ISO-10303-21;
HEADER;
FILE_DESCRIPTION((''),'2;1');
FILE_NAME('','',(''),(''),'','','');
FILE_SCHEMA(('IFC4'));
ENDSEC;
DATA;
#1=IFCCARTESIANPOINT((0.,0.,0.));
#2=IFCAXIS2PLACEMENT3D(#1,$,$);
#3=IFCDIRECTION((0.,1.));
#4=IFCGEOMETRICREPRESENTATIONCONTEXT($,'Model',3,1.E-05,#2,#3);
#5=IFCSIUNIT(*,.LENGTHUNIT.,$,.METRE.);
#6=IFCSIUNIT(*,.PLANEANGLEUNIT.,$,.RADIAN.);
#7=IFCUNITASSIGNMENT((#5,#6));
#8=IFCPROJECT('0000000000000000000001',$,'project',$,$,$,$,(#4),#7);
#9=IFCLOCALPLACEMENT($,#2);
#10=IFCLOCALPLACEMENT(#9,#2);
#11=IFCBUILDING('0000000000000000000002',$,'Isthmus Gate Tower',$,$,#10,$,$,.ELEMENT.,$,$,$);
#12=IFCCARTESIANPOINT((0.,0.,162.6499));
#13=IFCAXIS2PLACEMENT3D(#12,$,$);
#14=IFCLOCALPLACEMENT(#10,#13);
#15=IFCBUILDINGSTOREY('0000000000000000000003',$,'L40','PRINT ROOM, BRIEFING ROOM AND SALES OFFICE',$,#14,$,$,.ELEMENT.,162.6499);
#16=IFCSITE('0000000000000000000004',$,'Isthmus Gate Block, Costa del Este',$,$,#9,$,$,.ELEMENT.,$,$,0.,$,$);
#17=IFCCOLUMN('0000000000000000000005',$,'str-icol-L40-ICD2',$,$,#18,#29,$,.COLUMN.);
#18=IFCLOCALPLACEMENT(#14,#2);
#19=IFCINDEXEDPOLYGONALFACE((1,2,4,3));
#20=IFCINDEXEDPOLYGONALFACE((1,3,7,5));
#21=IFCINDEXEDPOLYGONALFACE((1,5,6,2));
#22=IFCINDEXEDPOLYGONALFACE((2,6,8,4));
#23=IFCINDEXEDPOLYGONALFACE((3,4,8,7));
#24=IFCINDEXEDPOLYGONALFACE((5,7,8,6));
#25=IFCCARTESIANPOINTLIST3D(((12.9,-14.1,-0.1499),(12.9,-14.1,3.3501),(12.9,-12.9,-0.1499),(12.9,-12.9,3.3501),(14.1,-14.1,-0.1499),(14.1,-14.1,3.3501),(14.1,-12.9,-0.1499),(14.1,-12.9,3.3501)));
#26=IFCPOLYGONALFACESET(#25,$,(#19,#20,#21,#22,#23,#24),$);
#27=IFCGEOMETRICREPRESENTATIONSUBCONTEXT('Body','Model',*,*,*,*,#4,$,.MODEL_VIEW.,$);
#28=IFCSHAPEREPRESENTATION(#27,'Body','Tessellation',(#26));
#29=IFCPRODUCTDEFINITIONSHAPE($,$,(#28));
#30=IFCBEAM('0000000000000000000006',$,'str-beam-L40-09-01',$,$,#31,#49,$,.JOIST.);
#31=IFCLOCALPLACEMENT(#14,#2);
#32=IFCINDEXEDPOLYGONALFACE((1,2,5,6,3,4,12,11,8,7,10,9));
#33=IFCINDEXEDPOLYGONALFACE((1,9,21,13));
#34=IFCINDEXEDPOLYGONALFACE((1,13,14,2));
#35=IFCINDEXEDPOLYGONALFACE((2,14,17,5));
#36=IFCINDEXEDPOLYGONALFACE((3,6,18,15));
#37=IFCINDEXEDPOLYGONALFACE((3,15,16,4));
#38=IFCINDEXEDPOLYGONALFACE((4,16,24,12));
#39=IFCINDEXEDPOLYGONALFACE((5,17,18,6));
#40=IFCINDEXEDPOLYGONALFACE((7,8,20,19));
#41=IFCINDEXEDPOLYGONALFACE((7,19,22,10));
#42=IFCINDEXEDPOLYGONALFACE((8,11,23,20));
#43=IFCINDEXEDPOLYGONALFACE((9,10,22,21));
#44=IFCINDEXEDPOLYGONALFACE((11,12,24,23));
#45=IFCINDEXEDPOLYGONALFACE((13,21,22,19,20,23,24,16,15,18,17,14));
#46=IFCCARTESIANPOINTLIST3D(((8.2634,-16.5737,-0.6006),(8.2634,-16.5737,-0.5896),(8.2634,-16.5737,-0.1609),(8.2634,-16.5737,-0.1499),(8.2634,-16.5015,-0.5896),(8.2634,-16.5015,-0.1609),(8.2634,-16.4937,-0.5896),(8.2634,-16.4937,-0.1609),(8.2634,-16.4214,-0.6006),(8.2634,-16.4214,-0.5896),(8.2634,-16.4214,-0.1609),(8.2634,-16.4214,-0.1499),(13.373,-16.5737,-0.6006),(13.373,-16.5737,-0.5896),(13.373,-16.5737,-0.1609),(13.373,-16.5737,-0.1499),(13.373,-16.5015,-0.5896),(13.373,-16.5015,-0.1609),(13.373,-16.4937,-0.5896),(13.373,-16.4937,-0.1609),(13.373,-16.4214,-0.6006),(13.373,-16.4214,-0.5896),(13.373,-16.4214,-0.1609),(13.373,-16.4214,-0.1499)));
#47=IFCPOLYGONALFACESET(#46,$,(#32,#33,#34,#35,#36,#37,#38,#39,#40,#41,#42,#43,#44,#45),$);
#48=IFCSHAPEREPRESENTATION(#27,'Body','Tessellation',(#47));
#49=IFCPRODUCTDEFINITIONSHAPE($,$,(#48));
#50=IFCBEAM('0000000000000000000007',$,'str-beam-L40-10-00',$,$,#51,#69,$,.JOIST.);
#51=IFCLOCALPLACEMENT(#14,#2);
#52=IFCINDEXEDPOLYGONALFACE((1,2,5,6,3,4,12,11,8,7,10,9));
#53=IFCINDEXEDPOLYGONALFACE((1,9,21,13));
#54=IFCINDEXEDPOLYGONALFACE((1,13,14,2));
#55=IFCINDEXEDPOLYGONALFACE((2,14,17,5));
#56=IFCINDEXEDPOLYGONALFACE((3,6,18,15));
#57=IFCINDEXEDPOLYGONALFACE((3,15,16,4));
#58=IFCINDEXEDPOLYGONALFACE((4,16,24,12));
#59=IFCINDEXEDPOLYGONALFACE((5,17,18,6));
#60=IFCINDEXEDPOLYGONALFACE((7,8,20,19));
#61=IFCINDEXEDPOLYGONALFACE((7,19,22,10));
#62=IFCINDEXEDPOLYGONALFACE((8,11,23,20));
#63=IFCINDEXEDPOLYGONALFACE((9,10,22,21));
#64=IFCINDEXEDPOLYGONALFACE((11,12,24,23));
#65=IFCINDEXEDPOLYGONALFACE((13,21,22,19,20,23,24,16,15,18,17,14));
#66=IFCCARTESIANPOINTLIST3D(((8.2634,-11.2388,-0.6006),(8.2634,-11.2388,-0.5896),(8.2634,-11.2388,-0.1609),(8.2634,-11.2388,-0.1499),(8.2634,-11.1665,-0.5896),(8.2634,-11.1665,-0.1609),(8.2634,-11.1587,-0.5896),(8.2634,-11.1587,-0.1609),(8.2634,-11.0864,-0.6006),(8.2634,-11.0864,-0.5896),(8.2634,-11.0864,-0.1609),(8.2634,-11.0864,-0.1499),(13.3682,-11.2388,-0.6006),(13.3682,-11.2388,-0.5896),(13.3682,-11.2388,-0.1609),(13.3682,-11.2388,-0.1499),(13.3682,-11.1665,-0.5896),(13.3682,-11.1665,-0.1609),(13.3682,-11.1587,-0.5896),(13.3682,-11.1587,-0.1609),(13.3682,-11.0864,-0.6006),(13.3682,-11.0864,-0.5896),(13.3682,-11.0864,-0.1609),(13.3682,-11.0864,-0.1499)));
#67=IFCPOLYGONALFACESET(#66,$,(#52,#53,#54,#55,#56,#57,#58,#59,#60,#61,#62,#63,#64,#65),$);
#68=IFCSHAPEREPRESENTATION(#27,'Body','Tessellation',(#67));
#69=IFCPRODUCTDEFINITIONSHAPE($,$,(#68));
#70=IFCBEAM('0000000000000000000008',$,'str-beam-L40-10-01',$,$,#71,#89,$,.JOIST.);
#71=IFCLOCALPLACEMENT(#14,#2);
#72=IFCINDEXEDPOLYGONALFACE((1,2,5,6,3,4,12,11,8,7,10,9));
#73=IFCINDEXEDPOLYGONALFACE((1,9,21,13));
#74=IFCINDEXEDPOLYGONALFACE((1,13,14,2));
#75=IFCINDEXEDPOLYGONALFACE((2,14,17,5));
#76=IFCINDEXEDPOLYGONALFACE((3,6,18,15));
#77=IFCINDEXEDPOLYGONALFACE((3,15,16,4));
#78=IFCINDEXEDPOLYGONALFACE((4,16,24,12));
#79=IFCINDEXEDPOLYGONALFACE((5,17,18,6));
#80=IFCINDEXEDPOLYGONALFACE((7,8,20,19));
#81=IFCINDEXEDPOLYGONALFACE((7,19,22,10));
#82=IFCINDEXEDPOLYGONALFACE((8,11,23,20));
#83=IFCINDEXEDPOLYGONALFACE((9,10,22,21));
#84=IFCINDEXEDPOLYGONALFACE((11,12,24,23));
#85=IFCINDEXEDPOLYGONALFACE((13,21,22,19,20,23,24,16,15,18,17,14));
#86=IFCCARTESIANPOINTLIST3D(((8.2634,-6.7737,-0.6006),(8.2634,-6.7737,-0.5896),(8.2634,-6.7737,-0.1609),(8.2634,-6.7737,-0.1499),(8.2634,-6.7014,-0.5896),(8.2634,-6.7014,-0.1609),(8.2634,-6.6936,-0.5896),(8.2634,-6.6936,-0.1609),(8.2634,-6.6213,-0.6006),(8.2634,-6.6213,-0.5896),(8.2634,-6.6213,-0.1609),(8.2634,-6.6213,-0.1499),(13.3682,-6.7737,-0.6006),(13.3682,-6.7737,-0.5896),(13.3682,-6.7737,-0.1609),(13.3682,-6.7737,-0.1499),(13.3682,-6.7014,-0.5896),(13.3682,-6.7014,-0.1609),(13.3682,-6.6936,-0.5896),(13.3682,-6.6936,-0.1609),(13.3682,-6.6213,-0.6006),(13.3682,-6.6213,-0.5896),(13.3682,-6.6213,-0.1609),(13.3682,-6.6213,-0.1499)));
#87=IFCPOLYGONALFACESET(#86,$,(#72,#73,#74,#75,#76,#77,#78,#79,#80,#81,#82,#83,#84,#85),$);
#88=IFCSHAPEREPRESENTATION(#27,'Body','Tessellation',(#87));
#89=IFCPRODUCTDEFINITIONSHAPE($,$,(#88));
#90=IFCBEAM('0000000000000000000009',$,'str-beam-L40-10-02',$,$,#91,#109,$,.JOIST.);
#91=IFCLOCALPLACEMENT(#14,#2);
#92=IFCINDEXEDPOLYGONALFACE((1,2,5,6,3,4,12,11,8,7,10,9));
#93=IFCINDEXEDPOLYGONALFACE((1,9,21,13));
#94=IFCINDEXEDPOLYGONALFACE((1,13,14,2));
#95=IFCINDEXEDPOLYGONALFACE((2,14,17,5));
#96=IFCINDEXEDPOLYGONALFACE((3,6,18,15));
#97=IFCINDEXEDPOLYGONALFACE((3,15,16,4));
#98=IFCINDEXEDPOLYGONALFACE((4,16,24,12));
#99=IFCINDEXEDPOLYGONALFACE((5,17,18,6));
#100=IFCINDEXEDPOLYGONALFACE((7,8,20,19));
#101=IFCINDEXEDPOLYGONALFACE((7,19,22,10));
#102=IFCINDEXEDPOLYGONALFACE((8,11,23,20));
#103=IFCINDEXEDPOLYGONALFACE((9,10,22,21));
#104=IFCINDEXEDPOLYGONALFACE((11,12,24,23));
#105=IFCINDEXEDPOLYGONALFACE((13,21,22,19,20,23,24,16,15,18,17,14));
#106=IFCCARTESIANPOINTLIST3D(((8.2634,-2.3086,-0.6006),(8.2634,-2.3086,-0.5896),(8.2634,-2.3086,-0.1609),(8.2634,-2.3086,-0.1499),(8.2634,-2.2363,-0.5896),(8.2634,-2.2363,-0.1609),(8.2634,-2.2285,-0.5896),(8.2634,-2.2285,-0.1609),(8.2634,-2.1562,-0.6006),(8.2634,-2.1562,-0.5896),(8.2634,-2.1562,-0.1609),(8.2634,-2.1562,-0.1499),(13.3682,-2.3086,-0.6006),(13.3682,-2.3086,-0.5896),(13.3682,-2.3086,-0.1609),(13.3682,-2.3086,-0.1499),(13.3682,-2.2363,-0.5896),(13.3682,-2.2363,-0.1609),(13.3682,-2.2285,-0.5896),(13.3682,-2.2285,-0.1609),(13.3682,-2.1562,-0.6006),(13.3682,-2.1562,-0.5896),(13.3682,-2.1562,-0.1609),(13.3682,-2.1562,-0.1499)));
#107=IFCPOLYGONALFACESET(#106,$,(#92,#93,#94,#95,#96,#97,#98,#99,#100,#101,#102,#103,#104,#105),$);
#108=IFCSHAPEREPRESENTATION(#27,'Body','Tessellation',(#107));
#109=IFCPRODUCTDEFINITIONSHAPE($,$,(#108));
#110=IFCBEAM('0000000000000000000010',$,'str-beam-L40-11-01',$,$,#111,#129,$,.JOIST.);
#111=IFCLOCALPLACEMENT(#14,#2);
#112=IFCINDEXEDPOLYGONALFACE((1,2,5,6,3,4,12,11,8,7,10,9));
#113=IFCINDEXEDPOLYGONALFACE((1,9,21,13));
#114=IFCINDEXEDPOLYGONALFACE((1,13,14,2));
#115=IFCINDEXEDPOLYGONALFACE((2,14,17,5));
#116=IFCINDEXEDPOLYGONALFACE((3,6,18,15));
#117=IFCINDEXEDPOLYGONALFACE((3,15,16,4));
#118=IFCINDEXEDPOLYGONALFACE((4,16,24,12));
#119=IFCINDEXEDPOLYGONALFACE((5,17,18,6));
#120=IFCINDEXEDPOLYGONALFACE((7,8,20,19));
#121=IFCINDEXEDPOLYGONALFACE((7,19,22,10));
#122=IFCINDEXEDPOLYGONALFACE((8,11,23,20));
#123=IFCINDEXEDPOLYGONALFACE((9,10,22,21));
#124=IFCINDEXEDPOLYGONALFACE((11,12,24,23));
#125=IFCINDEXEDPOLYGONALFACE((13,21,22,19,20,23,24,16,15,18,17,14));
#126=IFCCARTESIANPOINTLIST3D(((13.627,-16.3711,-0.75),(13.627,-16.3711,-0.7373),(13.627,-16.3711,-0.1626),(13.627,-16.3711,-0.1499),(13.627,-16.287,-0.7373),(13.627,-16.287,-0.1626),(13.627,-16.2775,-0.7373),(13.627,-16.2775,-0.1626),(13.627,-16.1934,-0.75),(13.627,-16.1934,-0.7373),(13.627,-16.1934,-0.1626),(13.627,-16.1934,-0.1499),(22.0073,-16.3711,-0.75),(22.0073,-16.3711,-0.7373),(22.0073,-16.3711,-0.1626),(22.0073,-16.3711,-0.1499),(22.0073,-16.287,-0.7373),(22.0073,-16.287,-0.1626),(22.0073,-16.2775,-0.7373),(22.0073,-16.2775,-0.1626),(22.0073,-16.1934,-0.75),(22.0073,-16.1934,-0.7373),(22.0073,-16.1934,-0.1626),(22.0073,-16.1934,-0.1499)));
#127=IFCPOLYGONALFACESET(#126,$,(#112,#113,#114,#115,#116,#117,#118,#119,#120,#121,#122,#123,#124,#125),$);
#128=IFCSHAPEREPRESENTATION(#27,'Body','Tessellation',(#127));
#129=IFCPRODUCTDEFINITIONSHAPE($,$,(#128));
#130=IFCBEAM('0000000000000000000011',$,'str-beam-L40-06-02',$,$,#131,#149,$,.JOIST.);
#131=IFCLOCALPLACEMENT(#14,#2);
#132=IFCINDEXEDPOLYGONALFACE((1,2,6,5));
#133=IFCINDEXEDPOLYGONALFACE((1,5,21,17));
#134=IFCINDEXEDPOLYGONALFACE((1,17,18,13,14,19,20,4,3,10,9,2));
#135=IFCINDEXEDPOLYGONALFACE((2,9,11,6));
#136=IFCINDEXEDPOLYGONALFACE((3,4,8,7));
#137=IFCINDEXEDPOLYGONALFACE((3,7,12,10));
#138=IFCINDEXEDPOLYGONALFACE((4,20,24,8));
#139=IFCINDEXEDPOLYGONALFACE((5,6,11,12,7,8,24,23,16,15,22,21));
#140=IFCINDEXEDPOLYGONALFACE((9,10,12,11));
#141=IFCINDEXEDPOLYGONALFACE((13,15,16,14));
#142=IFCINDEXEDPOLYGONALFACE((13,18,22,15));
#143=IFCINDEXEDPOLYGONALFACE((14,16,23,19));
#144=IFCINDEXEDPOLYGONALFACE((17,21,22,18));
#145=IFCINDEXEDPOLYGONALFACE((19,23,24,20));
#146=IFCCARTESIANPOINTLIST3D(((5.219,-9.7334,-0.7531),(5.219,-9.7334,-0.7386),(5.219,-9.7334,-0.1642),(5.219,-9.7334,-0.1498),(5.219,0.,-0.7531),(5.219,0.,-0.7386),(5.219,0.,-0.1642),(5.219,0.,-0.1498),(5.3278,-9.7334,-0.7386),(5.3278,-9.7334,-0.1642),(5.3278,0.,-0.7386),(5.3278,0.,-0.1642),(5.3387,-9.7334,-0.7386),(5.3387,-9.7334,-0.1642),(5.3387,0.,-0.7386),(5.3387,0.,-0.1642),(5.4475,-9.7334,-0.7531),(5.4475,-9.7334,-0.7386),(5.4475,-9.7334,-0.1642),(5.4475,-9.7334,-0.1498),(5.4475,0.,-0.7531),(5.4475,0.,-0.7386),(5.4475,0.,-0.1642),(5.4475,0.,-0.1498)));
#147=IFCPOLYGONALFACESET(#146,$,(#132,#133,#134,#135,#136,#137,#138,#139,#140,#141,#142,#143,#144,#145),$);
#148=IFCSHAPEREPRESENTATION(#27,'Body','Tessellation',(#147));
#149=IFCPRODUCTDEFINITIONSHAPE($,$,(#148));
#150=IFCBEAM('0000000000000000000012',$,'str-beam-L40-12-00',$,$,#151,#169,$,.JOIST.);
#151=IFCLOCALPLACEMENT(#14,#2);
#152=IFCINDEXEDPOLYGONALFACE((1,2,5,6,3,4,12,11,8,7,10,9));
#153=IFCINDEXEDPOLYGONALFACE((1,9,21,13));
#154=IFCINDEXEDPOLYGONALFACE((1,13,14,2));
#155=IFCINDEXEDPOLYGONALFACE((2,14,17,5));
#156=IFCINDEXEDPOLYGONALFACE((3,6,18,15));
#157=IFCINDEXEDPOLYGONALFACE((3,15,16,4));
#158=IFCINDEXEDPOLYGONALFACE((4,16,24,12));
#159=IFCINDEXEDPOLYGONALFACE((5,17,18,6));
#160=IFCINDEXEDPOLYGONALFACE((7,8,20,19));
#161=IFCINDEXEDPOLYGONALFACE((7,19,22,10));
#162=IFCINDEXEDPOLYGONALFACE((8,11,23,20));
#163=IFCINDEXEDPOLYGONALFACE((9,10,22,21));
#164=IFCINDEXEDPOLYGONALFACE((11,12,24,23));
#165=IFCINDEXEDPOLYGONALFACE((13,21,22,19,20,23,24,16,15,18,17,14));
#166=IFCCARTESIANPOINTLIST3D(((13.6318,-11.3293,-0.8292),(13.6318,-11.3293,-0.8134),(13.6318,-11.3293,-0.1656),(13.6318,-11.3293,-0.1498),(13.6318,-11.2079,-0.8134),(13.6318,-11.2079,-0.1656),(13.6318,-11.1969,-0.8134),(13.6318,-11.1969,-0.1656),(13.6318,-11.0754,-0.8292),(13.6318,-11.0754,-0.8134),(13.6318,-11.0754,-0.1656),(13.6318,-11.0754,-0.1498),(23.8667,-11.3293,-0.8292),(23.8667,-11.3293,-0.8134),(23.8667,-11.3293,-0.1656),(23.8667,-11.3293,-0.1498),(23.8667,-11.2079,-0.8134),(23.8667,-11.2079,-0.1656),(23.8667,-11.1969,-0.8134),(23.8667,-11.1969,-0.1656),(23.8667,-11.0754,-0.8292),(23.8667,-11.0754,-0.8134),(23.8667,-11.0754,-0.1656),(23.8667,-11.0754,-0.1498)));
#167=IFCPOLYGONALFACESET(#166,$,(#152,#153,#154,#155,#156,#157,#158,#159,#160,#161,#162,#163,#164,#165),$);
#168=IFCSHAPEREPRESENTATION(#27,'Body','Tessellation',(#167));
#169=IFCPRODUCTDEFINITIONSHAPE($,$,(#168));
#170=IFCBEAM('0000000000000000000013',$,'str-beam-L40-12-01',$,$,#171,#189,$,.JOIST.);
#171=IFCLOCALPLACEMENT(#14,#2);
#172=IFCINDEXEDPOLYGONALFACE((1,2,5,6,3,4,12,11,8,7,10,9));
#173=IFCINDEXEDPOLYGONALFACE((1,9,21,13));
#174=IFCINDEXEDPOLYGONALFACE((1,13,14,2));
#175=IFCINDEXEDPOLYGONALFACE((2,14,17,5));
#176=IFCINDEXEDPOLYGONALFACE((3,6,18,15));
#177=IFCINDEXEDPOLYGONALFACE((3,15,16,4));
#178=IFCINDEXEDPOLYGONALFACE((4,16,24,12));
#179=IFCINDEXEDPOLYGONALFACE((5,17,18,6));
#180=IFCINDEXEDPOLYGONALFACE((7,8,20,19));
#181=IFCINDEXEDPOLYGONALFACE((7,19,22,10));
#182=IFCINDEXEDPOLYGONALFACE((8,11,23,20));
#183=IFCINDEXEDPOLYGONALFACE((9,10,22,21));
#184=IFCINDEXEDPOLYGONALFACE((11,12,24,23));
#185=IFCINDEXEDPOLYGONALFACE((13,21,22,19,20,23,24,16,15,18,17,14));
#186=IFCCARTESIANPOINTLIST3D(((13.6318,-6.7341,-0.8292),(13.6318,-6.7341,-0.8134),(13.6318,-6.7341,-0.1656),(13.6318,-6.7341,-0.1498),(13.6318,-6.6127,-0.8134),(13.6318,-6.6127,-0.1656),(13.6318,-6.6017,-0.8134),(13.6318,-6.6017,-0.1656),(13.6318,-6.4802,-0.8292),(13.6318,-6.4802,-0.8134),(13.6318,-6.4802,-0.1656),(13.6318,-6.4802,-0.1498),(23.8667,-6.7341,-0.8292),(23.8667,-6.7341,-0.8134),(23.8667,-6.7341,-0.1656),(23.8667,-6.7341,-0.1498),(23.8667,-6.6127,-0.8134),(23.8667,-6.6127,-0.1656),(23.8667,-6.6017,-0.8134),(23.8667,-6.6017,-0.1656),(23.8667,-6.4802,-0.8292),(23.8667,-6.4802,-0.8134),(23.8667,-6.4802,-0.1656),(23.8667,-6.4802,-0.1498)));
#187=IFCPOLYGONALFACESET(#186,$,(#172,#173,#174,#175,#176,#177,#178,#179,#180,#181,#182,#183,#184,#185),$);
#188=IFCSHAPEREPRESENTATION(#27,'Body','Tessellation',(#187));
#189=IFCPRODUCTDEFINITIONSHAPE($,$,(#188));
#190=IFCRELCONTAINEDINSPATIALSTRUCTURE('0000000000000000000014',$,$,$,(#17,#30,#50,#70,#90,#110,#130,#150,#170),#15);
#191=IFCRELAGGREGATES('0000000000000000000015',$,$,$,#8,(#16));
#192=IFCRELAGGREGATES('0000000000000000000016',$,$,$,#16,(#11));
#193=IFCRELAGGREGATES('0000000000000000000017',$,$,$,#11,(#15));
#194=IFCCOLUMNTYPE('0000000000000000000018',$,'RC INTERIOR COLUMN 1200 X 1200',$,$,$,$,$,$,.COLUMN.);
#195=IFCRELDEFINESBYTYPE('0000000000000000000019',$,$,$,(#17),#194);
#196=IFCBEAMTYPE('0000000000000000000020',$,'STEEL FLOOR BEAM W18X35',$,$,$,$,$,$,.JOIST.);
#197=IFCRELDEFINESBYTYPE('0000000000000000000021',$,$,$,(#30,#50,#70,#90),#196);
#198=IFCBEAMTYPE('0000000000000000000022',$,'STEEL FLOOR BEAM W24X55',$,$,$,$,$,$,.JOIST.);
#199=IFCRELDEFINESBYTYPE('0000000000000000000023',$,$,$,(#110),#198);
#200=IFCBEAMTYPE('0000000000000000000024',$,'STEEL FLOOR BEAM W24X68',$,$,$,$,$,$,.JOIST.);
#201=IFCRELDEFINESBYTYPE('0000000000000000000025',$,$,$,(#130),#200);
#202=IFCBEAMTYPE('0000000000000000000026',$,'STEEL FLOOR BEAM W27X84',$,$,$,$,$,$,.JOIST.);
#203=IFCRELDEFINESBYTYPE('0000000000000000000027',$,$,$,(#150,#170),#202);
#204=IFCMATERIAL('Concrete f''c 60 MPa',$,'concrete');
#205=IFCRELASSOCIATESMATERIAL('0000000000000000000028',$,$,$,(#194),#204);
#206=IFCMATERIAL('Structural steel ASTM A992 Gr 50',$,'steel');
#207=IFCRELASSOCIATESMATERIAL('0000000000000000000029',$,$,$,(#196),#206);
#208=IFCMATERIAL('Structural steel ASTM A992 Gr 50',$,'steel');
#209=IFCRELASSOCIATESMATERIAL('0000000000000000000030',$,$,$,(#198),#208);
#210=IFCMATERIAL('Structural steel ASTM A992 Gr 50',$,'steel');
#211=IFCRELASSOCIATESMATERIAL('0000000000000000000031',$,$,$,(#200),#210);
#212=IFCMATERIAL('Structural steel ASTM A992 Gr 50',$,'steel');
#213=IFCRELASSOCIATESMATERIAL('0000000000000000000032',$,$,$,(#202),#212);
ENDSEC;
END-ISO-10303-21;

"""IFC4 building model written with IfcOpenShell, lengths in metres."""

from ifc_helpers import new_model, si_unit, direction, frame, origin, origin_2d, place, context, subcontext, project, spatial, rectangle, i_section, extrude, material, material_profile, profile_set, type_object, element, save


model = new_model("IFC4")

# Units and contexts
model_context = context("Model", 3, precision=1e-05, world=origin(), true_north=direction((0.0, 1.0)))
body_context = subcontext(model_context, "Body", "Model", "MODEL_VIEW")
ifc_project = project(units=[si_unit("LENGTHUNIT", "METRE"), si_unit("PLANEANGLEUNIT", "RADIAN")], contexts=[model_context])

# Site, building, storey
site_placement = place(None, origin())
site = spatial("IfcSite", under=ifc_project, at=site_placement, Name="Isthmus Gate Block, Costa del Este", CompositionType="ELEMENT", RefElevation=0.0)
building_placement = place(site_placement, origin())
building = spatial("IfcBuilding", under=site, at=building_placement, Name="Isthmus Gate Tower", CompositionType="ELEMENT")
storey_placement = place(building_placement, frame((0.0, 0.0, 162.6499)))
storey = spatial("IfcBuildingStorey", under=building, at=storey_placement, Name="L40", Description="PRINT ROOM, BRIEFING ROOM AND SALES OFFICE", CompositionType="ELEMENT", Elevation=162.6499)

# Column
ifc_material_1 = material(Name="Concrete f'c 60 MPa", Category="concrete")
ifc_material_profile_1 = material_profile(ifc_material_1, rectangle(XDim=1.2, YDim=1.2, at=origin_2d()), Name="RC 1200X1200")
ifc_profile_set_1 = profile_set([ifc_material_profile_1], Name="Concrete f'c 60 MPa")
column_type = type_object("IfcColumnType", Name="RC INTERIOR COLUMN 1200 X 1200", PredefinedType="COLUMN", material=ifc_profile_set_1)
column_placement = place(storey_placement, frame((13.5, -13.5, -0.1499), z_axis=(0.0, 0.0, 1.0), x_axis=(1.0, 0.0, 0.0)))
element("IfcColumn", 1, at=column_placement, inside=storey, type_object=column_type, Name="str-icol-L40-ICD2", PredefinedType="COLUMN", context=body_context, shape_type="SweptSolid", body=[
    extrude(rectangle(XDim=1.2, YDim=1.2, at=origin_2d()), origin(), (0.0, 0.0, 1.0), 3.5),
])

# Beams
ifc_material_2 = material(Name="Structural steel ASTM A992 Gr 50", Category="steel")
ifc_material_profile_2 = material_profile(ifc_material_2, i_section(OverallWidth=0.1523, OverallDepth=0.4507, WebThickness=0.0078, FlangeThickness=0.011, at=origin_2d()), Name="W18X35")
ifc_profile_set_2 = profile_set([ifc_material_profile_2], Name="Structural steel ASTM A992 Gr 50")
beam_type_1 = type_object("IfcBeamType", Name="STEEL FLOOR BEAM W18X35", PredefinedType="JOIST", material=ifc_profile_set_2)
beam_1_placement = place(storey_placement, frame((8.2634, -16.4976, -0.3752), z_axis=(1.0, 0.0, 0.0), x_axis=(0.0, 1.0, 0.0)))
element("IfcBeam", 2, at=beam_1_placement, inside=storey, type_object=beam_type_1, Name="str-beam-L40-09-01", PredefinedType="JOIST", context=body_context, shape_type="SweptSolid", body=[
    extrude(i_section(OverallWidth=0.1523, OverallDepth=0.4507, WebThickness=0.0078, FlangeThickness=0.011, at=origin_2d()), origin(), (0.0, 0.0, 1.0), 5.1096),
])
for number, where, z_axis, x_axis, name in (
    (3, (8.2634, -11.1626, -0.3752), (1.0, 0.0, 0.0), (0.0, 1.0, 0.0), "str-beam-L40-10-00"),
    (4, (8.2634, -6.6975, -0.3752), (1.0, 0.0, 0.0), (0.0, 1.0, 0.0), "str-beam-L40-10-01"),
    (5, (8.2634, -2.2324, -0.3752), (1.0, 0.0, 0.0), (0.0, 1.0, 0.0), "str-beam-L40-10-02"),
):
    element("IfcBeam", number, at=place(storey_placement, frame(where, z_axis=z_axis, x_axis=x_axis)), inside=storey, type_object=beam_type_1, Name=name, PredefinedType="JOIST", context=body_context, shape_type="SweptSolid", body=[
        extrude(i_section(OverallWidth=0.1523, OverallDepth=0.4507, WebThickness=0.0078, FlangeThickness=0.011, at=origin_2d()), origin(), (0.0, 0.0, 1.0), 5.1047),
    ])
ifc_material_3 = material(Name="Structural steel ASTM A992 Gr 50", Category="steel")
ifc_material_profile_3 = material_profile(ifc_material_3, i_section(OverallWidth=0.1777, OverallDepth=0.6001, WebThickness=0.0095, FlangeThickness=0.0127, at=origin_2d()), Name="W24X55")
ifc_profile_set_3 = profile_set([ifc_material_profile_3], Name="Structural steel ASTM A992 Gr 50")
beam_type_2 = type_object("IfcBeamType", Name="STEEL FLOOR BEAM W24X55", PredefinedType="JOIST", material=ifc_profile_set_3)
beam_2_placement = place(storey_placement, frame((13.627, -16.2822, -0.45), z_axis=(1.0, 0.0, 0.0), x_axis=(0.0, 1.0, 0.0)))
element("IfcBeam", 6, at=beam_2_placement, inside=storey, type_object=beam_type_2, Name="str-beam-L40-11-01", PredefinedType="JOIST", context=body_context, shape_type="SweptSolid", body=[
    extrude(i_section(OverallWidth=0.1777, OverallDepth=0.6001, WebThickness=0.0095, FlangeThickness=0.0127, at=origin_2d()), origin(), (0.0, 0.0, 1.0), 8.3804),
])
ifc_material_4 = material(Name="Structural steel ASTM A992 Gr 50", Category="steel")
ifc_material_profile_4 = material_profile(ifc_material_4, i_section(OverallWidth=0.2285, OverallDepth=0.6033, WebThickness=0.011, FlangeThickness=0.0144, at=origin_2d()), Name="W24X68")
ifc_profile_set_4 = profile_set([ifc_material_profile_4], Name="Structural steel ASTM A992 Gr 50")
beam_type_3 = type_object("IfcBeamType", Name="STEEL FLOOR BEAM W24X68", PredefinedType="JOIST", material=ifc_profile_set_4)
beam_3_placement = place(storey_placement, frame((5.3333, -9.7334, -0.4514), z_axis=(0.0, 1.0, 0.0), x_axis=(-1.0, 0.0, 0.0)))
element("IfcBeam", 7, at=beam_3_placement, inside=storey, type_object=beam_type_3, Name="str-beam-L40-06-02", PredefinedType="JOIST", context=body_context, shape_type="SweptSolid", body=[
    extrude(i_section(OverallWidth=0.2285, OverallDepth=0.6033, WebThickness=0.011, FlangeThickness=0.0144, at=origin_2d()), origin(), (0.0, 0.0, 1.0), 9.7334),
])
ifc_material_5 = material(Name="Structural steel ASTM A992 Gr 50", Category="steel")
ifc_material_profile_5 = material_profile(ifc_material_5, i_section(OverallWidth=0.2539, OverallDepth=0.6794, WebThickness=0.011, FlangeThickness=0.0159, at=origin_2d()), Name="W27X84")
ifc_profile_set_5 = profile_set([ifc_material_profile_5], Name="Structural steel ASTM A992 Gr 50")
beam_type_4 = type_object("IfcBeamType", Name="STEEL FLOOR BEAM W27X84", PredefinedType="JOIST", material=ifc_profile_set_5)
for number, where, z_axis, x_axis, name in (
    (8, (13.6318, -11.2024, -0.4895), (1.0, 0.0, 0.0), (0.0, 1.0, 0.0), "str-beam-L40-12-00"),
    (9, (13.6318, -6.6072, -0.4895), (1.0, 0.0, 0.0), (0.0, 1.0, 0.0), "str-beam-L40-12-01"),
):
    element("IfcBeam", number, at=place(storey_placement, frame(where, z_axis=z_axis, x_axis=x_axis)), inside=storey, type_object=beam_type_4, Name=name, PredefinedType="JOIST", context=body_context, shape_type="SweptSolid", body=[
        extrude(i_section(OverallWidth=0.2539, OverallDepth=0.6794, WebThickness=0.011, FlangeThickness=0.0159, at=origin_2d()), origin(), (0.0, 0.0, 1.0), 10.2349),
    ])

save(model, "model.ifc")
